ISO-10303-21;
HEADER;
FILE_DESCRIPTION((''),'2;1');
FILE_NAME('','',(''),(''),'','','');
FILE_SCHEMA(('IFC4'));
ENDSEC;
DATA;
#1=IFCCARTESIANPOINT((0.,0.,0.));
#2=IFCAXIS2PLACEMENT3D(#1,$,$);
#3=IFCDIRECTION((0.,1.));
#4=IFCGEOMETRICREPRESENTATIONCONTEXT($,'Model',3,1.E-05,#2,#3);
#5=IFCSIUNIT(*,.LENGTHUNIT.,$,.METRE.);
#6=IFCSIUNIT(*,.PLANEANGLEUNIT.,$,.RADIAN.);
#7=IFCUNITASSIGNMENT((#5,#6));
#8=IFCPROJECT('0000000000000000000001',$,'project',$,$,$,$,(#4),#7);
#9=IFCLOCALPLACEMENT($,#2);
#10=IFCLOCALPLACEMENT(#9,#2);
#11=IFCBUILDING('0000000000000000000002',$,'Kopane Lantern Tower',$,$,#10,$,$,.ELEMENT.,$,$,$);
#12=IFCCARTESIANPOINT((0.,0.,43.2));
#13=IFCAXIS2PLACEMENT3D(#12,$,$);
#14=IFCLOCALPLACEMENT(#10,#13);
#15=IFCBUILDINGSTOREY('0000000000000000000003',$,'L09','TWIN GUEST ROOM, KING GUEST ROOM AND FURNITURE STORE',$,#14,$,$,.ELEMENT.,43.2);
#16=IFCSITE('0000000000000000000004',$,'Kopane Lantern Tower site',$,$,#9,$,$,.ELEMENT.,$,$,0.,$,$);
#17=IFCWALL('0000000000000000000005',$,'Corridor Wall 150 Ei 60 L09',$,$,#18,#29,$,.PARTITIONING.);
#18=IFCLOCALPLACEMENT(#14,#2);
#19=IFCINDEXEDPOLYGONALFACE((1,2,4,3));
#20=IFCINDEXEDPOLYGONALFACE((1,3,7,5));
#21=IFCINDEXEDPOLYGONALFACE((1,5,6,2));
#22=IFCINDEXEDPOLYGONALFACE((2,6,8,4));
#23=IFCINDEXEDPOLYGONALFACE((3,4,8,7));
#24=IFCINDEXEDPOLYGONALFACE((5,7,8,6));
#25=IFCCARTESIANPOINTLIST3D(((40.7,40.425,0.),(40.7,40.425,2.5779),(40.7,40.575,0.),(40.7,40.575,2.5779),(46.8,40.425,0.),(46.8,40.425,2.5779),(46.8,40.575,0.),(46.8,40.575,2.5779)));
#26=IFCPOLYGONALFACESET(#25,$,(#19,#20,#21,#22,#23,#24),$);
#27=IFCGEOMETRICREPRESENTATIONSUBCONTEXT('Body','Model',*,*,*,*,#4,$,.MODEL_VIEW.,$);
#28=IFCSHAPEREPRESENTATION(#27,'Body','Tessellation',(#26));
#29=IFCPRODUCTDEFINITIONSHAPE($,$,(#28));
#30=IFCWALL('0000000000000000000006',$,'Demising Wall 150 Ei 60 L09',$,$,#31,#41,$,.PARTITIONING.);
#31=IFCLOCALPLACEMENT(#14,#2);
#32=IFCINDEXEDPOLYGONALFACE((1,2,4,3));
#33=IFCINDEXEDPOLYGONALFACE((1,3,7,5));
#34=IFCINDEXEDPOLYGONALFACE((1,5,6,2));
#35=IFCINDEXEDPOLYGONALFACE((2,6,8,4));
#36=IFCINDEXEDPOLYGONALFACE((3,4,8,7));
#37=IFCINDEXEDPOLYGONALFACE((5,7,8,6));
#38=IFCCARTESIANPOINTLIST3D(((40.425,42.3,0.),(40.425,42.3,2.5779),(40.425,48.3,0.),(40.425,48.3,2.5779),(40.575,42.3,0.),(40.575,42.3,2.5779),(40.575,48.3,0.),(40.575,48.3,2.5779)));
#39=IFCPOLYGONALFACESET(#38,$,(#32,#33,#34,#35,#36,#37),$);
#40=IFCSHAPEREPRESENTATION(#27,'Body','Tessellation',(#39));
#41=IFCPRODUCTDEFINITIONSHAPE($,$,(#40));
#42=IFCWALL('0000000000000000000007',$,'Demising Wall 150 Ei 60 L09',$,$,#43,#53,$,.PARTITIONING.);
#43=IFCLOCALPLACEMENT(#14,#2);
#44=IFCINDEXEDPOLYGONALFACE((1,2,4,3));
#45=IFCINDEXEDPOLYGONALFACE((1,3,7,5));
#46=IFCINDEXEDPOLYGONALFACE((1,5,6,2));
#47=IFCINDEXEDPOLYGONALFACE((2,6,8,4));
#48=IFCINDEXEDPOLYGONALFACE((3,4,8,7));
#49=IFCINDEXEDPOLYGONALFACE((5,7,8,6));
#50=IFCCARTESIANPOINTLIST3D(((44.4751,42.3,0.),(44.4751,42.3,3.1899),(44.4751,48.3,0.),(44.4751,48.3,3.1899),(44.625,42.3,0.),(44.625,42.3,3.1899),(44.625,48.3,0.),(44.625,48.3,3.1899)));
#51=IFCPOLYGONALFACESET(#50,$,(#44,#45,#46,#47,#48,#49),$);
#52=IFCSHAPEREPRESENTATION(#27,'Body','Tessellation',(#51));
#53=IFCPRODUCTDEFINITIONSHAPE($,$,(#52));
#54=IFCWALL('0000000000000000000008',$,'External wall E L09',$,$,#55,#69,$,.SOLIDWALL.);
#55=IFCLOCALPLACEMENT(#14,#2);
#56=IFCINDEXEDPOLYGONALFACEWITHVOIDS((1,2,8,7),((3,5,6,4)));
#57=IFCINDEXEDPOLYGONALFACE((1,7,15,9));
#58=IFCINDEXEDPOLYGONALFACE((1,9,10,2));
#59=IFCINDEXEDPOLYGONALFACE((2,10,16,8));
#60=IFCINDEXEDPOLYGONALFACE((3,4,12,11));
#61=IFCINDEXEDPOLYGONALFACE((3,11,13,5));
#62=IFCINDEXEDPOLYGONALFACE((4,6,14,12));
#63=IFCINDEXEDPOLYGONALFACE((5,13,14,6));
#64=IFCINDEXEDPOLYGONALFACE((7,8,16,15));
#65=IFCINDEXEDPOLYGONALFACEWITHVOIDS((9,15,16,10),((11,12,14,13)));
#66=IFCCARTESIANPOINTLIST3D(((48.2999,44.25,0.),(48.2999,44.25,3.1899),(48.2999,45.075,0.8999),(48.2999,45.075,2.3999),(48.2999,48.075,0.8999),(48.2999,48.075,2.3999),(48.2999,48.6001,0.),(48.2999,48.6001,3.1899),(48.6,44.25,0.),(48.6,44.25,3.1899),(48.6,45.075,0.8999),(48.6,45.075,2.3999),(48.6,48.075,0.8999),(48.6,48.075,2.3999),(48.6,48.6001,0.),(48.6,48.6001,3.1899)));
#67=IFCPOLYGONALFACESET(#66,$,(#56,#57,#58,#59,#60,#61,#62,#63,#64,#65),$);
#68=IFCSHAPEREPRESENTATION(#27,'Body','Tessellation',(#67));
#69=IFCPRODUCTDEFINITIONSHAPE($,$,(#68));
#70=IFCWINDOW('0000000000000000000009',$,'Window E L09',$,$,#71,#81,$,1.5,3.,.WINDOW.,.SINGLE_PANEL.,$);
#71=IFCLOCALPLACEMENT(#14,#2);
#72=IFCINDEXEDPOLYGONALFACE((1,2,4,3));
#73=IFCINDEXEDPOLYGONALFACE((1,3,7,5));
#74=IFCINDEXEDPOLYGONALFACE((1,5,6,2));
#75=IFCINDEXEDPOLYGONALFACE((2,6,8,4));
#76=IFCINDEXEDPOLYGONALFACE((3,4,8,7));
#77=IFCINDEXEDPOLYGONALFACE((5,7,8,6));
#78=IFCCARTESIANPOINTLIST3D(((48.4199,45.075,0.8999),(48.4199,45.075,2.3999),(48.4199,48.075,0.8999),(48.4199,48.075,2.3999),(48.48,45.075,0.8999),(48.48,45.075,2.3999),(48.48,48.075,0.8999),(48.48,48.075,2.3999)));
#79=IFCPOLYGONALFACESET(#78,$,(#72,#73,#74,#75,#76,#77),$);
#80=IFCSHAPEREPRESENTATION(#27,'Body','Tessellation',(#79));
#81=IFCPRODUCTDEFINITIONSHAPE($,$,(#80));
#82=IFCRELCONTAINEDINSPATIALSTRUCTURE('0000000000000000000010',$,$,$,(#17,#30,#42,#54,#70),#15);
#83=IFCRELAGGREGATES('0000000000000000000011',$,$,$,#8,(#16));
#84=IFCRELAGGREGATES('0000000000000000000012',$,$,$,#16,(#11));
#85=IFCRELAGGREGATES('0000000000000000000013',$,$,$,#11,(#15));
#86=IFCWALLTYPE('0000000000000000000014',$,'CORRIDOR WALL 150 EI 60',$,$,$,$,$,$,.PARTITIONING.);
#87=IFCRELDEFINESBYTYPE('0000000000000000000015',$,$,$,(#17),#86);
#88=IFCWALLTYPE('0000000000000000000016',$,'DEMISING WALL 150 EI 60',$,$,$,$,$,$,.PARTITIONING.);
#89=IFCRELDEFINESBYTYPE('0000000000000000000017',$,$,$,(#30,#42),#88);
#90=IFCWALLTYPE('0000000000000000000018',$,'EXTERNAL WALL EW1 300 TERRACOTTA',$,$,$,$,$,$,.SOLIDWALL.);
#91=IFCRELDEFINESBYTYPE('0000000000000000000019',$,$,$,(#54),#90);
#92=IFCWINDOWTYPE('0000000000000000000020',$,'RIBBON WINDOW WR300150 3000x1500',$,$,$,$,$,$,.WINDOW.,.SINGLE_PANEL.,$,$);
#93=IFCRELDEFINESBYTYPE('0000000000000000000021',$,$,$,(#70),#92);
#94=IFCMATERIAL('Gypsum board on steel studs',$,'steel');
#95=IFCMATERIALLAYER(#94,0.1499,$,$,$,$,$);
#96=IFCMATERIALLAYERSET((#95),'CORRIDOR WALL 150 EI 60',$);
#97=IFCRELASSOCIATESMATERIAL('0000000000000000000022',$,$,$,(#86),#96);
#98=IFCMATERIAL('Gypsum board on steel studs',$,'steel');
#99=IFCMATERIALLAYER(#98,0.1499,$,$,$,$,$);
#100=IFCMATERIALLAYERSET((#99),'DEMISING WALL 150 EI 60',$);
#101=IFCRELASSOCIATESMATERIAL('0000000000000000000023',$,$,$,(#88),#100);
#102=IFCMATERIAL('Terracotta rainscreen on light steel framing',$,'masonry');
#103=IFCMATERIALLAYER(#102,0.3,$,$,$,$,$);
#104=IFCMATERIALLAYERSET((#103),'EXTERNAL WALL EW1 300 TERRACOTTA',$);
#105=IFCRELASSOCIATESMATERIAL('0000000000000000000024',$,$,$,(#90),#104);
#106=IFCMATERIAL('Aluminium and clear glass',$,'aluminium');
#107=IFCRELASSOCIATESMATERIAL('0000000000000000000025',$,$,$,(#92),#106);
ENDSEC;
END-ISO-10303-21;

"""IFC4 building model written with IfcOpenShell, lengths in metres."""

from ifc_helpers import new_model, si_unit, direction, frame, frame_2d, origin, place, context, subcontext, project, spatial, rectangle, extrude, material, layer, layer_set, type_object, element, fill, save


model = new_model("IFC4")

# Units and contexts
model_context = context("Model", 3, precision=1e-05, world=origin(), true_north=direction((0.0, 1.0)))
body_context = subcontext(model_context, "Body", "Model", "MODEL_VIEW")
ifc_project = project(units=[si_unit("LENGTHUNIT", "METRE"), si_unit("PLANEANGLEUNIT", "RADIAN")], contexts=[model_context])

# Site, building, storey
site_placement = place(None, origin())
site = spatial("IfcSite", under=ifc_project, at=site_placement, Name="Kopane Lantern Tower site", CompositionType="ELEMENT", RefElevation=0.0)
building_placement = place(site_placement, origin())
building = spatial("IfcBuilding", under=site, at=building_placement, Name="Kopane Lantern Tower", CompositionType="ELEMENT")
storey_placement = place(building_placement, frame((0.0, 0.0, 43.2)))
storey = spatial("IfcBuildingStorey", under=building, at=storey_placement, Name="L09", Description="TWIN GUEST ROOM, KING GUEST ROOM AND FURNITURE STORE", CompositionType="ELEMENT", Elevation=43.2)

# Walls
ifc_material_1 = material(Name="Gypsum board on steel studs", Category="steel")
ifc_layer_1 = layer(ifc_material_1, 0.1499)
ifc_layer_set_1 = layer_set([ifc_layer_1], Name="CORRIDOR WALL 150 EI 60")
wall_type_1 = type_object("IfcWallType", Name="CORRIDOR WALL 150 EI 60", PredefinedType="PARTITIONING", material=ifc_layer_set_1)
wall_1_placement = place(storey_placement, frame((46.8, 40.5, 0.0), z_axis=(0.0, 0.0, 1.0), x_axis=(-1.0, 0.0, 0.0)))
element("IfcWall", 1, at=wall_1_placement, inside=storey, type_object=wall_type_1, Name="Corridor Wall 150 Ei 60 L09", PredefinedType="PARTITIONING", context=body_context, shape_type="SweptSolid", body=[
    extrude(rectangle(XDim=6.1001, YDim=0.1499, at=frame_2d((3.05, 0.0))), origin(), (0.0, 0.0, 1.0), 2.5779),
])
ifc_material_2 = material(Name="Gypsum board on steel studs", Category="steel")
ifc_layer_2 = layer(ifc_material_2, 0.1499)
ifc_layer_set_2 = layer_set([ifc_layer_2], Name="DEMISING WALL 150 EI 60")
wall_type_2 = type_object("IfcWallType", Name="DEMISING WALL 150 EI 60", PredefinedType="PARTITIONING", material=ifc_layer_set_2)
wall_2_placement = place(storey_placement, frame((40.5, 42.3, 0.0), z_axis=(0.0, 0.0, 1.0), x_axis=(0.0, 1.0, 0.0)))
element("IfcWall", 2, at=wall_2_placement, inside=storey, type_object=wall_type_2, Name="Demising Wall 150 Ei 60 L09", PredefinedType="PARTITIONING", context=body_context, shape_type="SweptSolid", body=[
    extrude(rectangle(XDim=6.0, YDim=0.1499, at=frame_2d((3.0, 0.0))), origin(), (0.0, 0.0, 1.0), 2.5779),
])
wall_3_placement = place(storey_placement, frame((44.55, 42.3, 0.0), z_axis=(0.0, 0.0, 1.0), x_axis=(0.0, 1.0, 0.0)))
element("IfcWall", 3, at=wall_3_placement, inside=storey, type_object=wall_type_2, Name="Demising Wall 150 Ei 60 L09", PredefinedType="PARTITIONING", context=body_context, shape_type="SweptSolid", body=[
    extrude(rectangle(XDim=6.0, YDim=0.1499, at=frame_2d((3.0, 0.0))), origin(), (0.0, 0.0, 1.0), 3.1899),
])

# Wall, opening, window
ifc_material_3 = material(Name="Terracotta rainscreen on light steel framing", Category="masonry")
ifc_layer_3 = layer(ifc_material_3, 0.3)
ifc_layer_set_3 = layer_set([ifc_layer_3], Name="EXTERNAL WALL EW1 300 TERRACOTTA")
wall_type_3 = type_object("IfcWallType", Name="EXTERNAL WALL EW1 300 TERRACOTTA", PredefinedType="SOLIDWALL", material=ifc_layer_set_3)
wall_4_placement = place(storey_placement, frame((48.45, 44.25, 0.0), z_axis=(0.0, 0.0, 1.0), x_axis=(0.0, 1.0, 0.0)))
wall_4 = element("IfcWall", 4, at=wall_4_placement, inside=storey, type_object=wall_type_3, Name="External wall E L09", PredefinedType="SOLIDWALL", context=body_context, shape_type="SweptSolid", body=[
    extrude(rectangle(XDim=4.3501, YDim=0.3, at=frame_2d((2.175, 0.0))), origin(), (0.0, 0.0, 1.0), 3.1899),
])
opening_1_placement = place(wall_4_placement, frame((0.825, 0.0, 0.8999)))
opening_1 = element("IfcOpeningElement", 5, at=opening_1_placement, cuts=wall_4, PredefinedType="OPENING", context=body_context, shape_type="SweptSolid", body=[
    extrude(rectangle(XDim=3.0, YDim=1.5, at=frame_2d((1.5, 0.75))), frame((0.0, 0.1599, 0.0), z_axis=(0.0, -1.0, 0.0), x_axis=(1.0, 0.0, 0.0)), (0.0, 0.0, 1.0), 0.3201),
])
ifc_material_4 = material(Name="Aluminium and clear glass", Category="aluminium")
window_type_1 = type_object("IfcWindowType", Name="RIBBON WINDOW WR300150 3000x1500", PartitioningType="SINGLE_PANEL", PredefinedType="WINDOW", material=ifc_material_4)
window_1_placement = place(opening_1_placement, origin())
window_1 = element("IfcWindow", 6, at=window_1_placement, inside=storey, type_object=window_type_1, Name="Window E L09", OverallHeight=1.5, OverallWidth=3.0, PartitioningType="SINGLE_PANEL", PredefinedType="WINDOW", context=body_context, shape_type="SweptSolid", body=[
    extrude(rectangle(XDim=3.0, YDim=1.5, at=frame_2d((1.5, 0.75))), frame((0.0, 0.03, 0.0), z_axis=(0.0, -1.0, 0.0), x_axis=(1.0, 0.0, 0.0)), (0.0, 0.0, 1.0), 0.0601),
])
fill(opening_1, window_1)

save(model, "model.ifc")
